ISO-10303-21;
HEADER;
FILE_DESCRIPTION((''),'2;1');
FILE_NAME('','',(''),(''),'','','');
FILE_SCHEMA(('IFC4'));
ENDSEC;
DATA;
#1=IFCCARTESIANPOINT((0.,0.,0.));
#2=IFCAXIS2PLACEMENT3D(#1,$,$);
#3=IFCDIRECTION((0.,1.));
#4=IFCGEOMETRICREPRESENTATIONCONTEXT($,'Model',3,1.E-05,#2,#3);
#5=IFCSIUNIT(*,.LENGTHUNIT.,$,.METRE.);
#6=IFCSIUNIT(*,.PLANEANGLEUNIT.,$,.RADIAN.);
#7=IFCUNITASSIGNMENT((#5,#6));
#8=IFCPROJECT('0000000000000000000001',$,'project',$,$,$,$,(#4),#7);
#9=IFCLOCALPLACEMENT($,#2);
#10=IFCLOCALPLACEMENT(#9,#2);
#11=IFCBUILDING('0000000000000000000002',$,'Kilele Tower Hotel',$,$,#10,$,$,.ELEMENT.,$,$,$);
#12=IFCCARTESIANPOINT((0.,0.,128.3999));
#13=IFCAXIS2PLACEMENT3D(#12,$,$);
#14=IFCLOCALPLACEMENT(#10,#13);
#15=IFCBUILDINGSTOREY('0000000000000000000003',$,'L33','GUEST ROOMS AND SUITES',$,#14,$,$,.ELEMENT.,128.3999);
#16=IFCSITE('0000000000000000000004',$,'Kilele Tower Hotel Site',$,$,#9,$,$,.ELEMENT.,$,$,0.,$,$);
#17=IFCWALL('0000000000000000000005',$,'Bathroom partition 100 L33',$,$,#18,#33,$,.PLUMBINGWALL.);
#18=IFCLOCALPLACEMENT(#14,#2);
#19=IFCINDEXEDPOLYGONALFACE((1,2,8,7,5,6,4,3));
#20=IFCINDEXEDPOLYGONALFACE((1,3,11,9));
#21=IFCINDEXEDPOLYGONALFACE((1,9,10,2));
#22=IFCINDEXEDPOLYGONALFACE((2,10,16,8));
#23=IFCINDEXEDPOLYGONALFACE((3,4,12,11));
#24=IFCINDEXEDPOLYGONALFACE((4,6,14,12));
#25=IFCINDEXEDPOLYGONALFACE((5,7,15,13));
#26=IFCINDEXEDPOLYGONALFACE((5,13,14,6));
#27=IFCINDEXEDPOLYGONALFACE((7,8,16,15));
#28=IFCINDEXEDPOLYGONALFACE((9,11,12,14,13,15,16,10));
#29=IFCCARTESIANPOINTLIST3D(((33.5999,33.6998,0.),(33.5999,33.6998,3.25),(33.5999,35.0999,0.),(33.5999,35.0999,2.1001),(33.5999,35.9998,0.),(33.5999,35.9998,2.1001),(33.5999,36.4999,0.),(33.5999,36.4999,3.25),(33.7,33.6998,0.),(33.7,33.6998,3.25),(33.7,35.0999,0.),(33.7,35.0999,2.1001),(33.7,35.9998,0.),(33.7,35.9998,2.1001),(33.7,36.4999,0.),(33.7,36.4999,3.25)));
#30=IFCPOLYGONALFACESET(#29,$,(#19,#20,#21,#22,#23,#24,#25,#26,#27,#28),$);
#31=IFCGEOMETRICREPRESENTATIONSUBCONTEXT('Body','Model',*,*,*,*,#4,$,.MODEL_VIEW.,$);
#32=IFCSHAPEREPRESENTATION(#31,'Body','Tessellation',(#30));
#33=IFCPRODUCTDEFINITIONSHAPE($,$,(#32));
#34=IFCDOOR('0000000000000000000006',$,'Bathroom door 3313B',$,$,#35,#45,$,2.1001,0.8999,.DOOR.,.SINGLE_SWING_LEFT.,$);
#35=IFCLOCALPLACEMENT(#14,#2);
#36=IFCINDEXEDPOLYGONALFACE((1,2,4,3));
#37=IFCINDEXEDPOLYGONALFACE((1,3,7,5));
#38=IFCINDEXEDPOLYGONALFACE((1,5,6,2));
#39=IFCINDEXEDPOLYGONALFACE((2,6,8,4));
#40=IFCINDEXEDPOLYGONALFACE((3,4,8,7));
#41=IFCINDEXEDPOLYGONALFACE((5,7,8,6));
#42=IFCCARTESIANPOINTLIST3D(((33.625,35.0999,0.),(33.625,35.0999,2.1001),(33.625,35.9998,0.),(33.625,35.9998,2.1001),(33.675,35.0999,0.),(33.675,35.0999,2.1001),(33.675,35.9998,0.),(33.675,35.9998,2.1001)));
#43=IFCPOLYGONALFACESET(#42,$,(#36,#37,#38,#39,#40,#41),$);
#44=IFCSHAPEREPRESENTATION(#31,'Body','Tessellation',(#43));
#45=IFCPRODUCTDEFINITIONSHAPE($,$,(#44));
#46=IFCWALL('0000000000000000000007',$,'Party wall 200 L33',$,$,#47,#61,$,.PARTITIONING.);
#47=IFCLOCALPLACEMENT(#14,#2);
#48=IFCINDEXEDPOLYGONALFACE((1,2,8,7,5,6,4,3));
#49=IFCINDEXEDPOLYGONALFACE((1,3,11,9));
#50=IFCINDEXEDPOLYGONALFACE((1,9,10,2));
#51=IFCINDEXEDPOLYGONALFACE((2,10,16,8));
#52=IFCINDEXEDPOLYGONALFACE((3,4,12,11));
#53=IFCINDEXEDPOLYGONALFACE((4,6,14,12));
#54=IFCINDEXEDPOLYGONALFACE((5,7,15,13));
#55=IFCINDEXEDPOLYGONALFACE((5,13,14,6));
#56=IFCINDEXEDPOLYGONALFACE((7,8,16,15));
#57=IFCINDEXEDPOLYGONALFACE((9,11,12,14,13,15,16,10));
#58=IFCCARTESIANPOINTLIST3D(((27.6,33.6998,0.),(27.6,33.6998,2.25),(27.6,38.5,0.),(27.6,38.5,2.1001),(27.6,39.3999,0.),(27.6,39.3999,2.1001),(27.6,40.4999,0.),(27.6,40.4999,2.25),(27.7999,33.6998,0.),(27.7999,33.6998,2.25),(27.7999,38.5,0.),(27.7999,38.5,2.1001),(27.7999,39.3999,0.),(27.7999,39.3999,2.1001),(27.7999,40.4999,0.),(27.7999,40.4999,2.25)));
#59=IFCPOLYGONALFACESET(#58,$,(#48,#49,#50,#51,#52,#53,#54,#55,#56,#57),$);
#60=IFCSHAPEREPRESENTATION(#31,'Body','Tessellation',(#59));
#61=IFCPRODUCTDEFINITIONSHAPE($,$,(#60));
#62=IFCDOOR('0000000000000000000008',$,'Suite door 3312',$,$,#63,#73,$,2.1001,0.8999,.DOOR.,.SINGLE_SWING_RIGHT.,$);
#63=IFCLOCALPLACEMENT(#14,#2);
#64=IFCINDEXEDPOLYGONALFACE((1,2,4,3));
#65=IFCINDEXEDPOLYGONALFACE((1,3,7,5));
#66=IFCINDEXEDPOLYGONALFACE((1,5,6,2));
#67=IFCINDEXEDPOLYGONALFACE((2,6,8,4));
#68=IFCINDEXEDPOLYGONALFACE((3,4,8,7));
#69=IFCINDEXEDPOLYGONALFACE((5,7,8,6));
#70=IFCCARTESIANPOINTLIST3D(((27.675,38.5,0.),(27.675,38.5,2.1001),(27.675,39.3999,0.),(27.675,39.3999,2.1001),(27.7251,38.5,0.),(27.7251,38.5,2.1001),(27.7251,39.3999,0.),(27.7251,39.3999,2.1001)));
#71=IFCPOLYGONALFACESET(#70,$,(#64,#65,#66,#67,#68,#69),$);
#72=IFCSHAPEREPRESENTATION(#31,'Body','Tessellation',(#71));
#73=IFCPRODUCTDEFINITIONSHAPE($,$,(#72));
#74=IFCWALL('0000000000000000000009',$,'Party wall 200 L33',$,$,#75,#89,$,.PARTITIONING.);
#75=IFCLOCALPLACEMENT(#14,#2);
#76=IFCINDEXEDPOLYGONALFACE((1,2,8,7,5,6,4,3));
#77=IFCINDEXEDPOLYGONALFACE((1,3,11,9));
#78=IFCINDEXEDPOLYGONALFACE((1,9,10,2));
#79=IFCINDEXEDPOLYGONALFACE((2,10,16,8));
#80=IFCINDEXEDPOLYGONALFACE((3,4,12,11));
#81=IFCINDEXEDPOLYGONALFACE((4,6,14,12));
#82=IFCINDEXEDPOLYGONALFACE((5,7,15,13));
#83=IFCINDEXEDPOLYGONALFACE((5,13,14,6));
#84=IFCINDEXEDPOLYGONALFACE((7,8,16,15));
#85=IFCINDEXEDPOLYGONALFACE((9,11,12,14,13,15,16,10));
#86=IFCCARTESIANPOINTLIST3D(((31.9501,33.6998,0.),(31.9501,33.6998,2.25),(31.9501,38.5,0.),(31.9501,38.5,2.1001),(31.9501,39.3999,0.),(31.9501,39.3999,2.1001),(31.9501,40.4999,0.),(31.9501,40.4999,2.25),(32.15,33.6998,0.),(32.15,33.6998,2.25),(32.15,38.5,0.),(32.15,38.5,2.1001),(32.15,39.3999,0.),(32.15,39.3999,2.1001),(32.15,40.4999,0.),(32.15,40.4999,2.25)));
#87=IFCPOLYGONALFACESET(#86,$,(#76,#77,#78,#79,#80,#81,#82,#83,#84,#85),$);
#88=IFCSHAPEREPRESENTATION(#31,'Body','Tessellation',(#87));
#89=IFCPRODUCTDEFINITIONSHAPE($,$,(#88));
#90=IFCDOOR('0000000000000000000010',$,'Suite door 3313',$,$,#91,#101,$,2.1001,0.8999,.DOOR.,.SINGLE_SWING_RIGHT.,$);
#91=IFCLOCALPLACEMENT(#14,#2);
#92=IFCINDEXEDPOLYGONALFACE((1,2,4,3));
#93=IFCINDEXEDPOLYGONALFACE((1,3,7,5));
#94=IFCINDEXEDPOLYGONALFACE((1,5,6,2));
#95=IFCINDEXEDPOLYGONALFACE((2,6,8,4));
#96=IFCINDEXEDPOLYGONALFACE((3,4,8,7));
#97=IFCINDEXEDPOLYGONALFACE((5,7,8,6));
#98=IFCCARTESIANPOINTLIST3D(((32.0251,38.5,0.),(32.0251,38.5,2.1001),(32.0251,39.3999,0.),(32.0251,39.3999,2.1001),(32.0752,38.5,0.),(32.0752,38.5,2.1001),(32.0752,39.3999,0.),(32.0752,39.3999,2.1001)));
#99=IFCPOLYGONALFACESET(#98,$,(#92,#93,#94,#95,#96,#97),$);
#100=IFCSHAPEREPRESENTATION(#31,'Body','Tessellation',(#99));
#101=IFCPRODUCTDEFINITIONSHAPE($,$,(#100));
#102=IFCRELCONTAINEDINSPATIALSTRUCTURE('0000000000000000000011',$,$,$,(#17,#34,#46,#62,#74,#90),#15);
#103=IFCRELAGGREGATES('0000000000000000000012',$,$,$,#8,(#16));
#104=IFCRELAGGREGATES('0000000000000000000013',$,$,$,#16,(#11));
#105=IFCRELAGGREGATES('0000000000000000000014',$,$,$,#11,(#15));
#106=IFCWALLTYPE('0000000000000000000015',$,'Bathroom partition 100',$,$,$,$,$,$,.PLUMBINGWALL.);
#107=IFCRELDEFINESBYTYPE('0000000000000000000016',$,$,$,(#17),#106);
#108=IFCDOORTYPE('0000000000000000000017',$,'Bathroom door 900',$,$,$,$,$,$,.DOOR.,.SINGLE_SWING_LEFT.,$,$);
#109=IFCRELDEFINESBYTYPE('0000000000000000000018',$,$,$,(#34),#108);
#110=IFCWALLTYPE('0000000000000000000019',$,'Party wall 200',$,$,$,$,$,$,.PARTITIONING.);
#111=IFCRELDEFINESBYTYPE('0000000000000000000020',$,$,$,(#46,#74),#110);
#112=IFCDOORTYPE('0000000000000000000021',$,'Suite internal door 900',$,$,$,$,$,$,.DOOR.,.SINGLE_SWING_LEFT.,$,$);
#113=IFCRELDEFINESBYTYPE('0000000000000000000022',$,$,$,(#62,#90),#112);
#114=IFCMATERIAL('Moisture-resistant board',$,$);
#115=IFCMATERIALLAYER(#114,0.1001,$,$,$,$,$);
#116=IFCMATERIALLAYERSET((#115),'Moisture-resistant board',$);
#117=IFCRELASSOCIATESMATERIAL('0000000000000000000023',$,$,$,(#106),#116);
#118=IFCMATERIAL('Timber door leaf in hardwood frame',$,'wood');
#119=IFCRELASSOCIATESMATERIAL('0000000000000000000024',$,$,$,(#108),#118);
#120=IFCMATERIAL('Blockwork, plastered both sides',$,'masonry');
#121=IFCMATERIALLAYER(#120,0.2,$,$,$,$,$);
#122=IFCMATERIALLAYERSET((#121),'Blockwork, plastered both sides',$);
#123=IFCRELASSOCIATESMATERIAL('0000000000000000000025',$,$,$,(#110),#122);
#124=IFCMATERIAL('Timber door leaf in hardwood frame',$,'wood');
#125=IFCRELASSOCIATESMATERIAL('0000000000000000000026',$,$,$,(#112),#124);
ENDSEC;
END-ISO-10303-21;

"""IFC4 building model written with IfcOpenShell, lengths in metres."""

from ifc_helpers import new_model, si_unit, direction, frame, frame_2d, origin, place, context, subcontext, project, spatial, rectangle, extrude, material, layer, layer_set, type_object, element, fill, save


model = new_model("IFC4")

# Units and contexts
model_context = context("Model", 3, precision=1e-05, world=origin(), true_north=direction((0.0, 1.0)))
body_context = subcontext(model_context, "Body", "Model", "MODEL_VIEW")
ifc_project = project(units=[si_unit("LENGTHUNIT", "METRE"), si_unit("PLANEANGLEUNIT", "RADIAN")], contexts=[model_context])

# Site, building, storey
site_placement = place(None, origin())
site = spatial("IfcSite", under=ifc_project, at=site_placement, Name="Kilele Tower Hotel Site", CompositionType="ELEMENT", RefElevation=0.0)
building_placement = place(site_placement, origin())
building = spatial("IfcBuilding", under=site, at=building_placement, Name="Kilele Tower Hotel", CompositionType="ELEMENT")
storey_placement = place(building_placement, frame((0.0, 0.0, 128.3999)))
storey = spatial("IfcBuildingStorey", under=building, at=storey_placement, Name="L33", Description="GUEST ROOMS AND SUITES", CompositionType="ELEMENT", Elevation=128.3999)

# Shared definitions
ifc_material_1 = material(Name="Moisture-resistant board")
ifc_layer_1 = layer(ifc_material_1, 0.1001)
ifc_layer_set_1 = layer_set([ifc_layer_1], Name="Moisture-resistant board")
wall_type_1 = type_object("IfcWallType", Name="Bathroom partition 100", PredefinedType="PLUMBINGWALL", material=ifc_layer_set_1)

# Shared definitions
ifc_material_2 = material(Name="Timber door leaf in hardwood frame", Category="wood")
door_type_1 = type_object("IfcDoorType", Name="Bathroom door 900", OperationType="SINGLE_SWING_LEFT", PredefinedType="DOOR", material=ifc_material_2)

# Walls, openings, doors
wall_1_placement = place(storey_placement, frame((33.6499, 33.7, 0.0), z_axis=(0.0, 0.0, 1.0), x_axis=(0.0, 1.0, 0.0)))
wall_1 = element("IfcWall", 1, at=wall_1_placement, inside=storey, type_object=wall_type_1, Name="Bathroom partition 100 L33", PredefinedType="PLUMBINGWALL", context=body_context, shape_type="SweptSolid", body=[
    extrude(rectangle(XDim=2.8, YDim=0.1001, at=frame_2d((1.3999, 0.0))), origin(), (0.0, 0.0, 1.0), 3.25),
])
opening_1_placement = place(wall_1_placement, frame((1.3999, 0.0, 0.0)))
opening_1 = element("IfcOpeningElement", 2, at=opening_1_placement, cuts=wall_1, PredefinedType="OPENING", context=body_context, shape_type="SweptSolid", body=[
    extrude(rectangle(XDim=0.8999, YDim=2.1001, at=frame_2d((0.45, 1.05))), frame((0.0, 0.0601, 0.0), z_axis=(0.0, -1.0, 0.0), x_axis=(1.0, 0.0, 0.0)), (0.0, 0.0, 1.0), 0.1201),
])
door_1_placement = place(opening_1_placement, origin())
door_1 = element("IfcDoor", 3, at=door_1_placement, inside=storey, type_object=door_type_1, Name="Bathroom door 3313B", OperationType="SINGLE_SWING_LEFT", OverallHeight=2.1001, OverallWidth=0.8999, PredefinedType="DOOR", context=body_context, shape_type="SweptSolid", body=[
    extrude(rectangle(XDim=0.8999, YDim=2.1001, at=frame_2d((0.45, 1.05))), frame((0.0, 0.0249, 0.0), z_axis=(0.0, -1.0, 0.0), x_axis=(1.0, 0.0, 0.0)), (0.0, 0.0, 1.0), 0.05),
])
fill(opening_1, door_1)
ifc_material_3 = material(Name="Blockwork, plastered both sides", Category="masonry")
ifc_layer_2 = layer(ifc_material_3, 0.2)
ifc_layer_set_2 = layer_set([ifc_layer_2], Name="Blockwork, plastered both sides")
wall_type_2 = type_object("IfcWallType", Name="Party wall 200", PredefinedType="PARTITIONING", material=ifc_layer_set_2)
wall_2_placement = place(storey_placement, frame((27.7, 33.7, 0.0), z_axis=(0.0, 0.0, 1.0), x_axis=(0.0, 1.0, 0.0)))
wall_2 = element("IfcWall", 4, at=wall_2_placement, inside=storey, type_object=wall_type_2, Name="Party wall 200 L33", PredefinedType="PARTITIONING", context=body_context, shape_type="SweptSolid", body=[
    extrude(rectangle(XDim=6.8, YDim=0.2, at=frame_2d((3.3999, 0.0))), origin(), (0.0, 0.0, 1.0), 2.25),
])
opening_2_placement = place(wall_2_placement, frame((4.8, 0.0, 0.0)))
opening_2 = element("IfcOpeningElement", 5, at=opening_2_placement, cuts=wall_2, PredefinedType="OPENING", context=body_context, shape_type="SweptSolid", body=[
    extrude(rectangle(XDim=0.8999, YDim=2.1001, at=frame_2d((0.45, 1.05))), frame((0.0, 0.1099, 0.0), z_axis=(0.0, -1.0, 0.0), x_axis=(1.0, 0.0, 0.0)), (0.0, 0.0, 1.0), 0.22),
])
ifc_material_4 = material(Name="Timber door leaf in hardwood frame", Category="wood")
door_type_2 = type_object("IfcDoorType", Name="Suite internal door 900", OperationType="SINGLE_SWING_LEFT", PredefinedType="DOOR", material=ifc_material_4)
door_2_placement = place(opening_2_placement, origin())
door_2 = element("IfcDoor", 6, at=door_2_placement, inside=storey, type_object=door_type_2, Name="Suite door 3312", OperationType="SINGLE_SWING_RIGHT", OverallHeight=2.1001, OverallWidth=0.8999, PredefinedType="DOOR", context=body_context, shape_type="SweptSolid", body=[
    extrude(rectangle(XDim=0.8999, YDim=2.1001, at=frame_2d((0.45, 1.05))), frame((0.0, 0.0249, 0.0), z_axis=(0.0, -1.0, 0.0), x_axis=(1.0, 0.0, 0.0)), (0.0, 0.0, 1.0), 0.05),
])
fill(opening_2, door_2)
wall_3_placement = place(storey_placement, frame((32.05, 33.7, 0.0), z_axis=(0.0, 0.0, 1.0), x_axis=(0.0, 1.0, 0.0)))
wall_3 = element("IfcWall", 7, at=wall_3_placement, inside=storey, type_object=wall_type_2, Name="Party wall 200 L33", PredefinedType="PARTITIONING", context=body_context, shape_type="SweptSolid", body=[
    extrude(rectangle(XDim=6.8, YDim=0.2, at=frame_2d((3.3999, 0.0))), origin(), (0.0, 0.0, 1.0), 2.25),
])
opening_3_placement = place(wall_3_placement, frame((4.8, 0.0, 0.0)))
opening_3 = element("IfcOpeningElement", 8, at=opening_3_placement, cuts=wall_3, PredefinedType="OPENING", context=body_context, shape_type="SweptSolid", body=[
    extrude(rectangle(XDim=0.8999, YDim=2.1001, at=frame_2d((0.45, 1.05))), frame((0.0, 0.1099, 0.0), z_axis=(0.0, -1.0, 0.0), x_axis=(1.0, 0.0, 0.0)), (0.0, 0.0, 1.0), 0.22),
])
door_3_placement = place(opening_3_placement, origin())
door_3 = element("IfcDoor", 9, at=door_3_placement, inside=storey, type_object=door_type_2, Name="Suite door 3313", OperationType="SINGLE_SWING_RIGHT", OverallHeight=2.1001, OverallWidth=0.8999, PredefinedType="DOOR", context=body_context, shape_type="SweptSolid", body=[
    extrude(rectangle(XDim=0.8999, YDim=2.1001, at=frame_2d((0.45, 1.05))), frame((0.0, 0.0249, 0.0), z_axis=(0.0, -1.0, 0.0), x_axis=(1.0, 0.0, 0.0)), (0.0, 0.0, 1.0), 0.05),
])
fill(opening_3, door_3)

save(model, "model.ifc")
